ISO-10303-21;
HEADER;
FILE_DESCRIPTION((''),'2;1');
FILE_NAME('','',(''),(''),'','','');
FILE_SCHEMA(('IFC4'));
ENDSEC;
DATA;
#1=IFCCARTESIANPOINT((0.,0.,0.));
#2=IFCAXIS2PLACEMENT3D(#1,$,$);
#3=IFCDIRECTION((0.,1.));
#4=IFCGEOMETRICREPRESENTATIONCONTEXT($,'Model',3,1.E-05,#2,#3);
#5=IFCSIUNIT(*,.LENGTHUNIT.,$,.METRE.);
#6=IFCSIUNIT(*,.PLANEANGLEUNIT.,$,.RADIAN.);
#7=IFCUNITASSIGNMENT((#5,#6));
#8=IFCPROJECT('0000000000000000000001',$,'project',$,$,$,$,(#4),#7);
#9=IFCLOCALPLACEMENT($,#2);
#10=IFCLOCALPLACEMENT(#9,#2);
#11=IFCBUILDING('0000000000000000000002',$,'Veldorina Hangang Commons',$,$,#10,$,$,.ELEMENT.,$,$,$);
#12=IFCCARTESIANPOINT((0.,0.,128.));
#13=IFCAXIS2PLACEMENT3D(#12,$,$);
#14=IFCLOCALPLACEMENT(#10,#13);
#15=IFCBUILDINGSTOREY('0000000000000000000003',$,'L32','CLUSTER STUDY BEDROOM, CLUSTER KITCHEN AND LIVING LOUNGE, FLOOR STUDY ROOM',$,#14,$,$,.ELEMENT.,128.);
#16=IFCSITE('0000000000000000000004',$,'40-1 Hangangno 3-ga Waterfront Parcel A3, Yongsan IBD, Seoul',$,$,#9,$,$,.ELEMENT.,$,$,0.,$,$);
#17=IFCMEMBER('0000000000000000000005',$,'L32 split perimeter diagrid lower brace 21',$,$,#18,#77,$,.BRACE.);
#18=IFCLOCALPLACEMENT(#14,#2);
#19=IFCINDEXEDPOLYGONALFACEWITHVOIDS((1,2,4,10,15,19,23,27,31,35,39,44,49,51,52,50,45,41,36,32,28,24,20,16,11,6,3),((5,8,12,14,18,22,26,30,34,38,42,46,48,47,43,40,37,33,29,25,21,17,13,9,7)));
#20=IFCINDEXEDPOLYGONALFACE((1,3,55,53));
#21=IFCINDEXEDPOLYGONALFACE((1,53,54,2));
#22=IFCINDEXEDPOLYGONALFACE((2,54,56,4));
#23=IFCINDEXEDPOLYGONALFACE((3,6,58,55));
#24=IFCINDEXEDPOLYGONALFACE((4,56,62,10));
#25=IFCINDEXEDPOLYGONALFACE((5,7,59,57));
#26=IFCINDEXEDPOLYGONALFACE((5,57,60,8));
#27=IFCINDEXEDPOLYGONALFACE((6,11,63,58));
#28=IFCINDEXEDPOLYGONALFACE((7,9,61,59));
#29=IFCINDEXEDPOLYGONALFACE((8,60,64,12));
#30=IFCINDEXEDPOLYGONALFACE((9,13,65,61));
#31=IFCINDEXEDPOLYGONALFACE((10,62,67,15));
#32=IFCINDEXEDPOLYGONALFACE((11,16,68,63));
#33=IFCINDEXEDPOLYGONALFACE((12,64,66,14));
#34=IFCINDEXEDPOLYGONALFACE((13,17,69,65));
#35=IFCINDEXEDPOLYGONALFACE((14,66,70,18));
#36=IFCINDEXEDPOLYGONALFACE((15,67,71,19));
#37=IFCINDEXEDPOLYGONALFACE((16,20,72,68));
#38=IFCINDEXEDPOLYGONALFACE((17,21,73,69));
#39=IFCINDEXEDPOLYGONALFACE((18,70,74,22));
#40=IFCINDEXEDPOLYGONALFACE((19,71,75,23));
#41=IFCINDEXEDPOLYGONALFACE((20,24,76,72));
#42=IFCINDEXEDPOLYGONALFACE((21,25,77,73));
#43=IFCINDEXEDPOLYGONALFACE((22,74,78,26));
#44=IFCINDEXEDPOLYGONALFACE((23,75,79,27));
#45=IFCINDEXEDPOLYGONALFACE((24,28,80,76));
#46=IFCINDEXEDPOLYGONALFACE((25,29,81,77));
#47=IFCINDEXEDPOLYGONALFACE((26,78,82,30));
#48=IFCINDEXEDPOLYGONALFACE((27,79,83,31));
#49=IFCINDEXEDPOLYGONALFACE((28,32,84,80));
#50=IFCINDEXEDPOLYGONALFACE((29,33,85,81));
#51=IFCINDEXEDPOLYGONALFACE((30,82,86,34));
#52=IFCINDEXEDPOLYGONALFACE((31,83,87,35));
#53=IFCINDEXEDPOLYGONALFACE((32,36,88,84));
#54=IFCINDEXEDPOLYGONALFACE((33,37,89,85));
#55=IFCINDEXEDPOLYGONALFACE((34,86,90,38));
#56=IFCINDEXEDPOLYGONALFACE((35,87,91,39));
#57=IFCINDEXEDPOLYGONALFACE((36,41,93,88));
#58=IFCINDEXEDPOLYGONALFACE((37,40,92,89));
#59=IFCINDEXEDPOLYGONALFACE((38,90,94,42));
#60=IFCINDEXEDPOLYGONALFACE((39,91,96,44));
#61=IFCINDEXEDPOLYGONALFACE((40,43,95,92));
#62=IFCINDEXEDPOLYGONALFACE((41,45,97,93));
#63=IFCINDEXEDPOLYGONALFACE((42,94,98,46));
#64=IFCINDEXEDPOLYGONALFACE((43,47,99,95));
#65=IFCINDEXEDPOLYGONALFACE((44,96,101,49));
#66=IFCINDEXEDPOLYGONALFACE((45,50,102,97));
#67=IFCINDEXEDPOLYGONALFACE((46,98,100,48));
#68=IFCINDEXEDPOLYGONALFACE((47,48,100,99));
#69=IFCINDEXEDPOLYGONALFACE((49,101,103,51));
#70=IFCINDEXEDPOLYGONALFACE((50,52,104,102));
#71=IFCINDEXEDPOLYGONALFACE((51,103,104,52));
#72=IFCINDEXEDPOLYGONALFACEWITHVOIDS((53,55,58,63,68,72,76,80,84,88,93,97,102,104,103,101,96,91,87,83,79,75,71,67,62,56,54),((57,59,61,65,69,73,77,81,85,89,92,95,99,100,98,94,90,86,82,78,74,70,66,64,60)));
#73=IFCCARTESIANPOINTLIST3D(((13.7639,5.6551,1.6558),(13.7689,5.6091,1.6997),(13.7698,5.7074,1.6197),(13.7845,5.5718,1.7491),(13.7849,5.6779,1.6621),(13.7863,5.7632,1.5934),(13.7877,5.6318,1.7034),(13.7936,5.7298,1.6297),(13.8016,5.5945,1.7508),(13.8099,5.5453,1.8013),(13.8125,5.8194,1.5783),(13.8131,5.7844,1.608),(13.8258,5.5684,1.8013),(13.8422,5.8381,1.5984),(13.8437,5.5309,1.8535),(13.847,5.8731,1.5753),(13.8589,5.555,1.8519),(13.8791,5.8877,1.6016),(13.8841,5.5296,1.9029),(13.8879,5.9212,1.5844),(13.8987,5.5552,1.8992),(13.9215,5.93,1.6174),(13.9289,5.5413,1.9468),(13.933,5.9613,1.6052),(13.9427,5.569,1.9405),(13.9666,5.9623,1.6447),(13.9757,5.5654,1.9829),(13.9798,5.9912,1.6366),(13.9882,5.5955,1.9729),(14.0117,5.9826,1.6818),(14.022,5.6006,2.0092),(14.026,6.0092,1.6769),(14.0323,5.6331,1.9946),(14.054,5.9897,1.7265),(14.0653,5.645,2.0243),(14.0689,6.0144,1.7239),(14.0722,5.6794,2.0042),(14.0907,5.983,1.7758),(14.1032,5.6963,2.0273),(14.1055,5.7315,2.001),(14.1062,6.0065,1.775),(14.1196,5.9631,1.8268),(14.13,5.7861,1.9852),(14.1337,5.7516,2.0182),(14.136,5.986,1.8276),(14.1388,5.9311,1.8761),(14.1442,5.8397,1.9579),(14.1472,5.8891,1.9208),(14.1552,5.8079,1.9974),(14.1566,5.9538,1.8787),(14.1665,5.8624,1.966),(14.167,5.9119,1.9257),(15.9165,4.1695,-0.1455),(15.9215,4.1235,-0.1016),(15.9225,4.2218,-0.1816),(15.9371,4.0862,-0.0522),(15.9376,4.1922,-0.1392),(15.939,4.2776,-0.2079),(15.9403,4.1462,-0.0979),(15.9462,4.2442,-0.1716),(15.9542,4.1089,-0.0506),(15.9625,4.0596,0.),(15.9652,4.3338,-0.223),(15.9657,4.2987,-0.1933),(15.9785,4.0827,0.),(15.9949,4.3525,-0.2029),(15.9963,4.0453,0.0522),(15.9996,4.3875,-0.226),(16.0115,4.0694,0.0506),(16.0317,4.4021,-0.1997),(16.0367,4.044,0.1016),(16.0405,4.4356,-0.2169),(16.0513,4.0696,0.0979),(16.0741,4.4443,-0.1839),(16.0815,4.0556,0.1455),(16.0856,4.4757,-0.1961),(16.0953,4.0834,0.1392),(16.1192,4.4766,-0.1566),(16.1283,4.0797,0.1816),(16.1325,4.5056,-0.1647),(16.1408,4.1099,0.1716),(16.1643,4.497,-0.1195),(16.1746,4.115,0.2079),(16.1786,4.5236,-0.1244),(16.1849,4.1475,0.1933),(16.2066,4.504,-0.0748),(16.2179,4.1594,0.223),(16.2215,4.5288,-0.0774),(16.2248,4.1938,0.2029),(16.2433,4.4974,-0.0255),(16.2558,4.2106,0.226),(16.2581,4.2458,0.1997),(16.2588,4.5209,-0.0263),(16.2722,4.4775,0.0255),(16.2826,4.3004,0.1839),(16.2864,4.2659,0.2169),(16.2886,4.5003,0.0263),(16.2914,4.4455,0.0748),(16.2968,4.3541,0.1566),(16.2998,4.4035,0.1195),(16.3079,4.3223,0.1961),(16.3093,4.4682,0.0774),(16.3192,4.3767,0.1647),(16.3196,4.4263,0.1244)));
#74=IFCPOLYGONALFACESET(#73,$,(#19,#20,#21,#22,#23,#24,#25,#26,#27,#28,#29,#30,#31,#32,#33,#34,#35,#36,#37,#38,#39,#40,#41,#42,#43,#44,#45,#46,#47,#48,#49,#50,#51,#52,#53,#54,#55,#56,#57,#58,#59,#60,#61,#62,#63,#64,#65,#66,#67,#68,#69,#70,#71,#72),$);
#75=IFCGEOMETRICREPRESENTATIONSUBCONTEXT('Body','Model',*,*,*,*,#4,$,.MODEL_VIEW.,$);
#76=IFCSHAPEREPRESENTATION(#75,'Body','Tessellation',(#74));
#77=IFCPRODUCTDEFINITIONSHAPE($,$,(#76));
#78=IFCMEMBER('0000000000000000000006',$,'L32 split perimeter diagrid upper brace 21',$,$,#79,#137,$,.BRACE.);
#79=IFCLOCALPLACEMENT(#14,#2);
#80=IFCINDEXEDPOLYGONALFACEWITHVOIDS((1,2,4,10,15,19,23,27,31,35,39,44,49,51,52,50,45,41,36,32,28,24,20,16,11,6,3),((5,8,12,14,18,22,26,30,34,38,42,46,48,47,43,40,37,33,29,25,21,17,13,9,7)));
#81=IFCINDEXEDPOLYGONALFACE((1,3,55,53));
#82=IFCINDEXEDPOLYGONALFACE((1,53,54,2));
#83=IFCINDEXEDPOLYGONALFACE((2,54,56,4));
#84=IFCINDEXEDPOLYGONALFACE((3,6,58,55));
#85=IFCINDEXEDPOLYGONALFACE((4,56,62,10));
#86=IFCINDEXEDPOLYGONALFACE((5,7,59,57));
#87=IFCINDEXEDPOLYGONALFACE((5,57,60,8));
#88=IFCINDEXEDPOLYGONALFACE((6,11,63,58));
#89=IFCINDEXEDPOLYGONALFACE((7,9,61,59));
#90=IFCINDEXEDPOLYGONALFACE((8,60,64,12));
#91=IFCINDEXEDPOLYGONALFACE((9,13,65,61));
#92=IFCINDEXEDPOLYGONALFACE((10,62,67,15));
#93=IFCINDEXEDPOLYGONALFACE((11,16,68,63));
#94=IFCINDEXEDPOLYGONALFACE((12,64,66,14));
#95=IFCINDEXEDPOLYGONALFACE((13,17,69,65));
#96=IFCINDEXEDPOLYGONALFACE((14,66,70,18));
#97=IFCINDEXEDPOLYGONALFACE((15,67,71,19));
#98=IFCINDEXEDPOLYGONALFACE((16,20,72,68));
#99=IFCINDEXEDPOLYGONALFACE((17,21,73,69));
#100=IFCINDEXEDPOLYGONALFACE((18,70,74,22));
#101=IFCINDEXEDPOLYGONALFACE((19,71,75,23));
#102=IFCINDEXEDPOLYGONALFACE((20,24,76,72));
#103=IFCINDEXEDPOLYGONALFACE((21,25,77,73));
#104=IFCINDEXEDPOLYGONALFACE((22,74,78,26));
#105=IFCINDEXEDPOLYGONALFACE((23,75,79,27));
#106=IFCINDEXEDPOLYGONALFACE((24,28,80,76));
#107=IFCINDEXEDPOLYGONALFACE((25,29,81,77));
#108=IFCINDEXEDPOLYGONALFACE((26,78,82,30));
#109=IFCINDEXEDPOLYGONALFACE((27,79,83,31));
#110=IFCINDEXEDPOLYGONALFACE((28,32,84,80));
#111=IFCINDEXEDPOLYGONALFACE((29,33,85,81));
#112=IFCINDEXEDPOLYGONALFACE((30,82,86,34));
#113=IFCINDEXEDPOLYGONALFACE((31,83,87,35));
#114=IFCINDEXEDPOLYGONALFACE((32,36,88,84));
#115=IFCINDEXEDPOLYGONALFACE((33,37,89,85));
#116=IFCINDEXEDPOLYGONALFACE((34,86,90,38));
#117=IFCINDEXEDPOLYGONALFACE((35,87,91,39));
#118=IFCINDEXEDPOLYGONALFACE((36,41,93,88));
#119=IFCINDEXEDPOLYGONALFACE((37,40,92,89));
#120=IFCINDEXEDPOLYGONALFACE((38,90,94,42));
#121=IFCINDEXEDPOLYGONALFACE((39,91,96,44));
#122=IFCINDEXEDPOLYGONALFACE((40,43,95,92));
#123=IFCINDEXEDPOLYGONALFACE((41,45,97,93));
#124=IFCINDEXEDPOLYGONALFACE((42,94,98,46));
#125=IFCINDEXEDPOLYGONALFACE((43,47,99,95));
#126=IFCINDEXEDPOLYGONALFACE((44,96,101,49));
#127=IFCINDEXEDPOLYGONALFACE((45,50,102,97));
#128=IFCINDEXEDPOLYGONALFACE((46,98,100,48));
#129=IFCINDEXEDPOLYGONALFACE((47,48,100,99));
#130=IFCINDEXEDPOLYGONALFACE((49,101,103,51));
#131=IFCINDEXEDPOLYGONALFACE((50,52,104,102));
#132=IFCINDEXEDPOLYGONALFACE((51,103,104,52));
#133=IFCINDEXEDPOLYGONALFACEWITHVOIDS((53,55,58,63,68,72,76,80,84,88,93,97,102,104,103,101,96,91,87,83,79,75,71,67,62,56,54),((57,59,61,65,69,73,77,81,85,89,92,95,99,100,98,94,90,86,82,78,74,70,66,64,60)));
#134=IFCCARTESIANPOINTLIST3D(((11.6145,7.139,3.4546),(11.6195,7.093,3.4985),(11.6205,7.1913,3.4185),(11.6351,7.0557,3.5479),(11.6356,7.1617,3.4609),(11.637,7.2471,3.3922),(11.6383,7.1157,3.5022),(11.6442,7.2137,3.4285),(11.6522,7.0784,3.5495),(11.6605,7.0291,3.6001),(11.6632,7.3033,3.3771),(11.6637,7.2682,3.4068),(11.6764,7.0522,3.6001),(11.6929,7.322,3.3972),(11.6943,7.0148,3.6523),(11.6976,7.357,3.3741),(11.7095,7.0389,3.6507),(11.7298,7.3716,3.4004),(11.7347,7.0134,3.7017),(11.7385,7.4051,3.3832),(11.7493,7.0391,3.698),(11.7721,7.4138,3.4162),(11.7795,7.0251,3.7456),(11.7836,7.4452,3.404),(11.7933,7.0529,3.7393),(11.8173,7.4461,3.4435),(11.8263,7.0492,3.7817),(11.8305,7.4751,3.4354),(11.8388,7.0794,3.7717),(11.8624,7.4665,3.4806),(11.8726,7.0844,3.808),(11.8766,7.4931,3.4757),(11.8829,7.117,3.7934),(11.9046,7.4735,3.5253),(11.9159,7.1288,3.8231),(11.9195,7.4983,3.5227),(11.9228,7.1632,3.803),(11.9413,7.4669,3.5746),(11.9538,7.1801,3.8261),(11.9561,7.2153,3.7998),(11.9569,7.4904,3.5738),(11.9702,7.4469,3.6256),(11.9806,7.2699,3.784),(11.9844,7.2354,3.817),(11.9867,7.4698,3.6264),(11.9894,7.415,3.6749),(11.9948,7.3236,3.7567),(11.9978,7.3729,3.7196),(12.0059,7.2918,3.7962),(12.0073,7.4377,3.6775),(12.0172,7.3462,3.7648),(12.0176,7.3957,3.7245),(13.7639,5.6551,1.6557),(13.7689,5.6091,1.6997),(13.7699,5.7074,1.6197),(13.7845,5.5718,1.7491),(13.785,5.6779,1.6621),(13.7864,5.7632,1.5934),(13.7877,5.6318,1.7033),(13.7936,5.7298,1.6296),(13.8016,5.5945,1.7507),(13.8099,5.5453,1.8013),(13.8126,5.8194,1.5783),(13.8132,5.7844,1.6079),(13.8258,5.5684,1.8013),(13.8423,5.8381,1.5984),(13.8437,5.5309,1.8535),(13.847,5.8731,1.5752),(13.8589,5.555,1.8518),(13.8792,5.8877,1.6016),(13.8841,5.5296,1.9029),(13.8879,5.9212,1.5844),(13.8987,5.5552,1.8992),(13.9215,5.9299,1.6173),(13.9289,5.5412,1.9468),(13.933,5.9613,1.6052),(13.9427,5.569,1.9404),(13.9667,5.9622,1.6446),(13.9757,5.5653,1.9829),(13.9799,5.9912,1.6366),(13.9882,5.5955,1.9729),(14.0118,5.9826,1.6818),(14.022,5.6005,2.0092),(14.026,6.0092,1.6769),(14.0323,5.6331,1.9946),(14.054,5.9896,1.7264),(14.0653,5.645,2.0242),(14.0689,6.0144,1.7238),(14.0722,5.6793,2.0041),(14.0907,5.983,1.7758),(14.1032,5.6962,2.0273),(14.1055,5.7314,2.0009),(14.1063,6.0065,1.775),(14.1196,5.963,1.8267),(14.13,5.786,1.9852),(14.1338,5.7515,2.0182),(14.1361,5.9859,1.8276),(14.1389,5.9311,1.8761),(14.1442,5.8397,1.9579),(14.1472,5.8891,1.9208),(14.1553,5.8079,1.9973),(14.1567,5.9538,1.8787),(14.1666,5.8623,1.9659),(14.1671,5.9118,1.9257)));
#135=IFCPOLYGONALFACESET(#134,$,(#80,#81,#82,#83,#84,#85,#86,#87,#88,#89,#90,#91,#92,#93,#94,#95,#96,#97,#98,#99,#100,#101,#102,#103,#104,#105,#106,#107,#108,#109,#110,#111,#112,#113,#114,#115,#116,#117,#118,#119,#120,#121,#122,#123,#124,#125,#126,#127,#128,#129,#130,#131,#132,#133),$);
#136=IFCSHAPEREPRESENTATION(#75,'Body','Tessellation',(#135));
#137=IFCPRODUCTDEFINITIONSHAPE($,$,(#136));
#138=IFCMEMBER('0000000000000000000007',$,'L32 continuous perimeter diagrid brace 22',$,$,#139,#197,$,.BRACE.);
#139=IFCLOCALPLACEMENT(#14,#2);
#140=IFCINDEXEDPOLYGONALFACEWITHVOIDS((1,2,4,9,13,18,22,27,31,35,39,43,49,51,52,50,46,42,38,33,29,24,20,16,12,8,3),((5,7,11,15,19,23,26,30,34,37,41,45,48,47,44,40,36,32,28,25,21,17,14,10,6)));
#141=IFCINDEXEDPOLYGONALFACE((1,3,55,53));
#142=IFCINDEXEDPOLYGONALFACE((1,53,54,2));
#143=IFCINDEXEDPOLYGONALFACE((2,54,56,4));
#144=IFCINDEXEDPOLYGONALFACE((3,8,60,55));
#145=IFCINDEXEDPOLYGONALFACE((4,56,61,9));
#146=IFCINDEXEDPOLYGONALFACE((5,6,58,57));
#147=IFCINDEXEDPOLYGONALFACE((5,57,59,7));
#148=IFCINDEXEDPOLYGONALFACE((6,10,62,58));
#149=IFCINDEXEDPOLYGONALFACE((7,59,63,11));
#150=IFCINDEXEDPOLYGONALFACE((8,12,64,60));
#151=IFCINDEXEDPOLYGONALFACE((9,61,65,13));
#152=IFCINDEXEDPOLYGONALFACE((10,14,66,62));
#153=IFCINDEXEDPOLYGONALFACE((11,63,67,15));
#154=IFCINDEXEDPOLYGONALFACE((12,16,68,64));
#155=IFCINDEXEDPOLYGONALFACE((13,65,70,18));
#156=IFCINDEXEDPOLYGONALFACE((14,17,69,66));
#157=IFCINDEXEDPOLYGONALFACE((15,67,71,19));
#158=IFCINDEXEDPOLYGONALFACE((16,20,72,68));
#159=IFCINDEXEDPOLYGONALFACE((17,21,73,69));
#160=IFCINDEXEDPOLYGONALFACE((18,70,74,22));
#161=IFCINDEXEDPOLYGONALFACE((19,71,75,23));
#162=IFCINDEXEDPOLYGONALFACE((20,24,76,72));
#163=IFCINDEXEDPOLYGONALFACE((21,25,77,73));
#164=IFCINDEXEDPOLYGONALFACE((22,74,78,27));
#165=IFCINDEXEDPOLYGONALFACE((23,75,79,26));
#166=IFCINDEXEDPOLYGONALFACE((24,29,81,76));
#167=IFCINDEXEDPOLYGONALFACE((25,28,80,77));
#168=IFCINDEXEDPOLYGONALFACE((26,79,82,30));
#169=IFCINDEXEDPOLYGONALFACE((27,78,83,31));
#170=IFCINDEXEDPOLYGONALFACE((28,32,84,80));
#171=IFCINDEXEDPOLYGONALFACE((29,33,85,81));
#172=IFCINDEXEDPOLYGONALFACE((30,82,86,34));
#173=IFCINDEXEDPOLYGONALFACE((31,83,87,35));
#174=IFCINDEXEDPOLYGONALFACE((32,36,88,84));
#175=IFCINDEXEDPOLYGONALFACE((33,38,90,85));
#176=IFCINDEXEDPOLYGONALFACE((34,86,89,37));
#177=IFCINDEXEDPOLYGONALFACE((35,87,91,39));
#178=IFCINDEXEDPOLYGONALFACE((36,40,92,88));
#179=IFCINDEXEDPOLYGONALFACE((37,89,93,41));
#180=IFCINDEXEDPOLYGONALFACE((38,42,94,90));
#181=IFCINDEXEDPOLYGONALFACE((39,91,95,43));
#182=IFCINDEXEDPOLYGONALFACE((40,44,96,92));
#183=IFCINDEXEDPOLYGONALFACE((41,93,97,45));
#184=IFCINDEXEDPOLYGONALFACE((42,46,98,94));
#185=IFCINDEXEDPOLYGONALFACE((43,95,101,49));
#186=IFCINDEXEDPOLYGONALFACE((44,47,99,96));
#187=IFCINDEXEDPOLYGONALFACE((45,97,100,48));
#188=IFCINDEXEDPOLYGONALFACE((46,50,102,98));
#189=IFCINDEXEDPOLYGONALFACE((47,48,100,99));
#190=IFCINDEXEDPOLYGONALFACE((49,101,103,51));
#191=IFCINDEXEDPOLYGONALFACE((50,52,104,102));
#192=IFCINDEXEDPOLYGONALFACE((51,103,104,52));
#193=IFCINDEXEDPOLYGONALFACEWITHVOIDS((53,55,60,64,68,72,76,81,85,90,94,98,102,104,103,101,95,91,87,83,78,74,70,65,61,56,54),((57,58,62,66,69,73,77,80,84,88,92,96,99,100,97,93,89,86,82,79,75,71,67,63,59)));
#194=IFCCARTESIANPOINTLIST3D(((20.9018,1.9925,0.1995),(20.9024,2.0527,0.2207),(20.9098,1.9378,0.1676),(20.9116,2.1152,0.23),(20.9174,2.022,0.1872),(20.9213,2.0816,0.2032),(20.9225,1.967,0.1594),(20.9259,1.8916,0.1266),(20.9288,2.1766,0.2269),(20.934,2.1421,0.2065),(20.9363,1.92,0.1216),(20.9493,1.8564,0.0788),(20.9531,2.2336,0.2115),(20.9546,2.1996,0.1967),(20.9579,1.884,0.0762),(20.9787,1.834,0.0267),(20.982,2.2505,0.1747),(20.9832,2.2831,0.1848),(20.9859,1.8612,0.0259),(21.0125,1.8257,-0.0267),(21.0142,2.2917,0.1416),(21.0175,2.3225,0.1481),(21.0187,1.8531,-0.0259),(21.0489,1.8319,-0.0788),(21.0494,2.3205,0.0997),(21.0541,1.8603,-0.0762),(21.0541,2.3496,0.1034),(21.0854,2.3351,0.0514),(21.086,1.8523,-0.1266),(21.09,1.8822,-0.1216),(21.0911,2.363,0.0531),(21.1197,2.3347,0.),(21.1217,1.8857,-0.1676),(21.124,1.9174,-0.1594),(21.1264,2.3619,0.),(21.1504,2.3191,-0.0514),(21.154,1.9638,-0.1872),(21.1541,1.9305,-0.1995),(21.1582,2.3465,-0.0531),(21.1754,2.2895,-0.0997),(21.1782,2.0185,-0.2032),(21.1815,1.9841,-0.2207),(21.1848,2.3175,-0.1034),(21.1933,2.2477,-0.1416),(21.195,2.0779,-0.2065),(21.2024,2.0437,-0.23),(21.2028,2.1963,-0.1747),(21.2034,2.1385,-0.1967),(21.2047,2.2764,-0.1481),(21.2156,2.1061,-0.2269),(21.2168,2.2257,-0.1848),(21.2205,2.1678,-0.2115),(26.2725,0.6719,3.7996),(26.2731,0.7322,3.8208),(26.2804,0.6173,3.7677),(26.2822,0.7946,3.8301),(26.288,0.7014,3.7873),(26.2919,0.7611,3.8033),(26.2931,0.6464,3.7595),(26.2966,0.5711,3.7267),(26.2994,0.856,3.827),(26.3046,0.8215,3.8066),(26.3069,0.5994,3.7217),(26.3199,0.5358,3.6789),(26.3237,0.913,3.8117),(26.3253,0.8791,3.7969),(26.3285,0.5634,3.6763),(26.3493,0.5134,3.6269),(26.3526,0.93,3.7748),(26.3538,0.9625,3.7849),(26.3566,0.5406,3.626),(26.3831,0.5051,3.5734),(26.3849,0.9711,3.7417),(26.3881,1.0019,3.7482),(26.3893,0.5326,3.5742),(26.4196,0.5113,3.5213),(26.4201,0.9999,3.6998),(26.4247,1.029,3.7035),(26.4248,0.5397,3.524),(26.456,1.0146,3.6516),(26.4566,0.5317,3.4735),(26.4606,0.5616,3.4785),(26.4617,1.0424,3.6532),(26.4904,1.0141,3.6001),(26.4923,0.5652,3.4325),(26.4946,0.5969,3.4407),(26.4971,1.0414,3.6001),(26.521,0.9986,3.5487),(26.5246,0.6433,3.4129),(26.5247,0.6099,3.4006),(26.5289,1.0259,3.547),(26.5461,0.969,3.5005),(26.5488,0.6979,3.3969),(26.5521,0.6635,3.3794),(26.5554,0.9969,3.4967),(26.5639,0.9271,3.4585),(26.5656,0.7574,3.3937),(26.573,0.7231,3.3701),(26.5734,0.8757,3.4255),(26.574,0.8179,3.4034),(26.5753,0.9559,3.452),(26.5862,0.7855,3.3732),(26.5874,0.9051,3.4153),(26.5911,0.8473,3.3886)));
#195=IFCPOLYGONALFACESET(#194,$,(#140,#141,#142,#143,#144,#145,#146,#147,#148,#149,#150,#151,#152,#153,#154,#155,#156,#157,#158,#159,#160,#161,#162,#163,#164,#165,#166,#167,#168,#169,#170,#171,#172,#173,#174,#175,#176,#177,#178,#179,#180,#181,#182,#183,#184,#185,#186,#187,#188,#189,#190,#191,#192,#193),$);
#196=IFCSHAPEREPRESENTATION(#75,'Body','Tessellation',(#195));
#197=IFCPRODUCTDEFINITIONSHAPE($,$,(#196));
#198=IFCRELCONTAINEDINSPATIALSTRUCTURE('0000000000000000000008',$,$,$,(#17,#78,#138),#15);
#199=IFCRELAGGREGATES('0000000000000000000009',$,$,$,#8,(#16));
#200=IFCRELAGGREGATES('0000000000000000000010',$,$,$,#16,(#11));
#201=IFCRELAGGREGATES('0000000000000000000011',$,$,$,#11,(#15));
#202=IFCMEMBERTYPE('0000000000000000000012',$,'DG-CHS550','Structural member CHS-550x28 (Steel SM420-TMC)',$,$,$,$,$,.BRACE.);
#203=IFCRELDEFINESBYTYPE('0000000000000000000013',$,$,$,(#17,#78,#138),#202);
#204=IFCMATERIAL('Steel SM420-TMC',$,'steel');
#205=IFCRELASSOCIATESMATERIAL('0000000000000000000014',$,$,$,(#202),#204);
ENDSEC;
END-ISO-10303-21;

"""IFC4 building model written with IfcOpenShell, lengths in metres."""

from ifc_helpers import new_model, si_unit, direction, frame, origin, origin_2d, place, context, subcontext, project, spatial, hollow_circle, extrude, material, material_profile, profile_set, type_object, element, save


model = new_model("IFC4")

# Units and contexts
model_context = context("Model", 3, precision=1e-05, world=origin(), true_north=direction((0.0, 1.0)))
body_context = subcontext(model_context, "Body", "Model", "MODEL_VIEW")
ifc_project = project(units=[si_unit("LENGTHUNIT", "METRE"), si_unit("PLANEANGLEUNIT", "RADIAN")], contexts=[model_context])

# Site, building, storey
site_placement = place(None, origin())
site = spatial("IfcSite", under=ifc_project, at=site_placement, Name="40-1 Hangangno 3-ga Waterfront Parcel A3, Yongsan IBD, Seoul", CompositionType="ELEMENT", RefElevation=0.0)
building_placement = place(site_placement, origin())
building = spatial("IfcBuilding", under=site, at=building_placement, Name="Veldorina Hangang Commons", CompositionType="ELEMENT")
storey_placement = place(building_placement, frame((0.0, 0.0, 128.0)))
storey = spatial("IfcBuildingStorey", under=building, at=storey_placement, Name="L32", Description="CLUSTER STUDY BEDROOM, CLUSTER KITCHEN AND LIVING LOUNGE, FLOOR STUDY ROOM", CompositionType="ELEMENT", Elevation=128.0)

# Shared definitions
ifc_material_1 = material(Name="Steel SM420-TMC", Category="steel")

# Members
ifc_material_profile_1 = material_profile(ifc_material_1, hollow_circle(Radius=0.2749, WallThickness=0.0281, at=origin_2d()), Name="CHS-550x28")
ifc_profile_set_1 = profile_set([ifc_material_profile_1], Name="Steel SM420-TMC")
member_type = type_object("IfcMemberType", Name="DG-CHS550", Description="Structural member CHS-550x28 (Steel SM420-TMC)", PredefinedType="BRACE", material=ifc_profile_set_1)
member_1_placement = place(storey_placement, frame((16.1187, 4.2859, 0.0), z_axis=(-0.677827, 0.467798, 0.5672), x_axis=(-0.568006, -0.823025, 0.0)))
element("IfcMember", 1, at=member_1_placement, inside=storey, type_object=member_type, Name="L32 split perimeter diagrid lower brace 21", PredefinedType="BRACE", context=body_context, shape_type="SweptSolid", body=[
    extrude(hollow_circle(Radius=0.2749, WallThickness=0.0281, at=origin_2d()), origin(), (0.0, 0.0, 1.0), 3.1758),
])
member_2_placement = place(storey_placement, frame((13.9661, 5.7715, 1.8013), z_axis=(-0.677752, 0.467899, 0.567206), x_axis=(-0.56813, -0.822939, 0.0)))
element("IfcMember", 2, at=member_2_placement, inside=storey, type_object=member_type, Name="L32 split perimeter diagrid upper brace 21", PredefinedType="BRACE", context=body_context, shape_type="SweptSolid", body=[
    extrude(hollow_circle(Radius=0.2749, WallThickness=0.0281, at=origin_2d()), origin(), (0.0, 0.0, 1.0), 3.1714),
])
member_3_placement = place(storey_placement, frame((21.0608, 2.095, 0.0), z_axis=(0.81384, -0.200112, 0.545545), x_axis=(0.238774, 0.971075, 0.0)))
element("IfcMember", 3, at=member_3_placement, inside=storey, type_object=member_type, Name="L32 continuous perimeter diagrid brace 22", PredefinedType="BRACE", context=body_context, shape_type="SweptSolid", body=[
    extrude(hollow_circle(Radius=0.2749, WallThickness=0.0281, at=origin_2d()), origin(), (0.0, 0.0, 1.0), 6.5991),
])

save(model, "model.ifc")
